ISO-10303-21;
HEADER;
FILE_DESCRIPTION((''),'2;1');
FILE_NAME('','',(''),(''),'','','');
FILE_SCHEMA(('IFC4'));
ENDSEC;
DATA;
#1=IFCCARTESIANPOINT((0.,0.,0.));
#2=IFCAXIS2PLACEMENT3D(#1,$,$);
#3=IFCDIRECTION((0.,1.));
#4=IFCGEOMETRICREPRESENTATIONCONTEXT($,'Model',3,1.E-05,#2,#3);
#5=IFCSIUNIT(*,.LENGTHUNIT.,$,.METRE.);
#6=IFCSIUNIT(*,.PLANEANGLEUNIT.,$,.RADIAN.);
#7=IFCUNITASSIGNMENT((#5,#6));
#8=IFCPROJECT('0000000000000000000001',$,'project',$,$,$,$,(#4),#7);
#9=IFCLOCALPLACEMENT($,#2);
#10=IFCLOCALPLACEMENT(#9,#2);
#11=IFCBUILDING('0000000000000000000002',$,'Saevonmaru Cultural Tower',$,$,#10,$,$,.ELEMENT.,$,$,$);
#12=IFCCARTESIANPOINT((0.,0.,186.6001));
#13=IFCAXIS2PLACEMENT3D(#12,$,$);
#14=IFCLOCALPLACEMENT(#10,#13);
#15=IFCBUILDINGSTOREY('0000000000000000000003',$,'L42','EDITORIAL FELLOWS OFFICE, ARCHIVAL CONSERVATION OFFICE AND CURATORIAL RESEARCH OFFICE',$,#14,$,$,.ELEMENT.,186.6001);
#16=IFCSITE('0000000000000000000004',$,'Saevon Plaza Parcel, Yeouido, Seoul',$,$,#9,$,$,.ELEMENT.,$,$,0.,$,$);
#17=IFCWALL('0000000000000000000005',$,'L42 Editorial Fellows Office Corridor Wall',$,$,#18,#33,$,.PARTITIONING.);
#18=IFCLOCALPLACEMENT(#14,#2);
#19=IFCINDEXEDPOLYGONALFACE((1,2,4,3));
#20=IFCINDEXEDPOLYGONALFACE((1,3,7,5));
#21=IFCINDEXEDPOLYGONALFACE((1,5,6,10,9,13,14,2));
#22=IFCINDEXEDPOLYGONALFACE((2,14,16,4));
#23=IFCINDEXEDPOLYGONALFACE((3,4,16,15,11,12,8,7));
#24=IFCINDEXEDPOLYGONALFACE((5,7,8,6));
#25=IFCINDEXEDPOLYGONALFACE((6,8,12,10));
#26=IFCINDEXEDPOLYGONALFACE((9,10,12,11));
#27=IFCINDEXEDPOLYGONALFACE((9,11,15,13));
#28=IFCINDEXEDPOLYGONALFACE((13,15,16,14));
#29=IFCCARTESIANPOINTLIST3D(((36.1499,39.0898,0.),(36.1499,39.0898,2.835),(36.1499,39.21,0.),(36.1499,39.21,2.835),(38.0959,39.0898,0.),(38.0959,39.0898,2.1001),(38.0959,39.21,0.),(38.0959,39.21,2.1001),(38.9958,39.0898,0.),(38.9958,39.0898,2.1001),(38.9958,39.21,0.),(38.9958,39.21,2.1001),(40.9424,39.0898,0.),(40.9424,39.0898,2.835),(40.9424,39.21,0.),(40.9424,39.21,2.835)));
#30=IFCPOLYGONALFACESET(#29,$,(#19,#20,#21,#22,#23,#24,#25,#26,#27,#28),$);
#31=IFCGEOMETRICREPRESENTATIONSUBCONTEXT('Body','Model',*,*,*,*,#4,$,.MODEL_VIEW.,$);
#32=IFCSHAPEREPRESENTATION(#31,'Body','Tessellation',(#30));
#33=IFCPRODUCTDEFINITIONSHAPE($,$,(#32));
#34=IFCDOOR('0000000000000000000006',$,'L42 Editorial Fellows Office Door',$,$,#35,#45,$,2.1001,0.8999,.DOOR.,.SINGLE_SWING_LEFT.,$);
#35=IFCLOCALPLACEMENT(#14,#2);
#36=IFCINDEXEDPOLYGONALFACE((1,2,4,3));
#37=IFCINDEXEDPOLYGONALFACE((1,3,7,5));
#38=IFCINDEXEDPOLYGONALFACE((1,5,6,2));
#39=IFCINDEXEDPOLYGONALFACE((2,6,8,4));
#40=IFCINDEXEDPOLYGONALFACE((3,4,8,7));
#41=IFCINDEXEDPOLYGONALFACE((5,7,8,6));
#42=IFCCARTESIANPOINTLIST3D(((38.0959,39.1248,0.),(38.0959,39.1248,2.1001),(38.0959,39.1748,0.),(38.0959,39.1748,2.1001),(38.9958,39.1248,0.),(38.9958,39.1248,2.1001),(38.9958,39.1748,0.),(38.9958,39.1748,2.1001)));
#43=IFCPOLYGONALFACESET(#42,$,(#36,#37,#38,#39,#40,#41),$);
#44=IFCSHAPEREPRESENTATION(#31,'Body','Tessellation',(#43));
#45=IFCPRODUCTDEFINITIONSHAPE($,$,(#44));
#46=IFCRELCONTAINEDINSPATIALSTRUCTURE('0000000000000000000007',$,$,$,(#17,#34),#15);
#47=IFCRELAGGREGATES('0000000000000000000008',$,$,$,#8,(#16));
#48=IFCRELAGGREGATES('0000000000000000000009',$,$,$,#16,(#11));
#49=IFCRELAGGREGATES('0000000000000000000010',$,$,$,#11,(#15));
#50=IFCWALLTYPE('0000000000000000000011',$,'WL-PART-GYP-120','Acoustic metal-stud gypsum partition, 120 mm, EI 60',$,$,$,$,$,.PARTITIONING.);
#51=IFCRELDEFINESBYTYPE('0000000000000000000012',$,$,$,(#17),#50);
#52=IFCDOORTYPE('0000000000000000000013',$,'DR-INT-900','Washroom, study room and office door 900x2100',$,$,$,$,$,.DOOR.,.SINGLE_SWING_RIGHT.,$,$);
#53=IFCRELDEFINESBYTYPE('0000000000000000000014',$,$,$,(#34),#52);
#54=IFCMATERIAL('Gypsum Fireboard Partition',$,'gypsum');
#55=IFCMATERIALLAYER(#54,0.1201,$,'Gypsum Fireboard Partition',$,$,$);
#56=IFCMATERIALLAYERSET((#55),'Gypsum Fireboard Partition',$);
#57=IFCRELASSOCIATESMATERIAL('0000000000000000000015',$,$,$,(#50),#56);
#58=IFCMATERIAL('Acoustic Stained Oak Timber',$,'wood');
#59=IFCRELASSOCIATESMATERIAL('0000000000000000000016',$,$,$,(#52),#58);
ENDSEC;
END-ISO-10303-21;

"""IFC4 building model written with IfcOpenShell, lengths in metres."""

from ifc_helpers import new_model, si_unit, direction, frame, frame_2d, origin, place, context, subcontext, project, spatial, rectangle, extrude, material, layer, layer_set, type_object, element, fill, save


model = new_model("IFC4")

# Units and contexts
model_context = context("Model", 3, precision=1e-05, world=origin(), true_north=direction((0.0, 1.0)))
body_context = subcontext(model_context, "Body", "Model", "MODEL_VIEW")
ifc_project = project(units=[si_unit("LENGTHUNIT", "METRE"), si_unit("PLANEANGLEUNIT", "RADIAN")], contexts=[model_context])

# Site, building, storey
site_placement = place(None, origin())
site = spatial("IfcSite", under=ifc_project, at=site_placement, Name="Saevon Plaza Parcel, Yeouido, Seoul", CompositionType="ELEMENT", RefElevation=0.0)
building_placement = place(site_placement, origin())
building = spatial("IfcBuilding", under=site, at=building_placement, Name="Saevonmaru Cultural Tower", CompositionType="ELEMENT")
storey_placement = place(building_placement, frame((0.0, 0.0, 186.6001)))
storey = spatial("IfcBuildingStorey", under=building, at=storey_placement, Name="L42", Description="EDITORIAL FELLOWS OFFICE, ARCHIVAL CONSERVATION OFFICE AND CURATORIAL RESEARCH OFFICE", CompositionType="ELEMENT", Elevation=186.6001)

# Shared definitions
ifc_material_1 = material(Name="Gypsum Fireboard Partition", Category="gypsum")
ifc_layer_1 = layer(ifc_material_1, 0.1201, Name="Gypsum Fireboard Partition")
ifc_layer_set_1 = layer_set([ifc_layer_1], Name="Gypsum Fireboard Partition")
wall_type_1 = type_object("IfcWallType", Name="WL-PART-GYP-120", Description="Acoustic metal-stud gypsum partition, 120 mm, EI 60", PredefinedType="PARTITIONING", material=ifc_layer_set_1)

# Wall, opening, door
ifc_material_2 = material(Name="Acoustic Stained Oak Timber", Category="wood")
door_type = type_object("IfcDoorType", Name="DR-INT-900", Description="Washroom, study room and office door 900x2100", OperationType="SINGLE_SWING_RIGHT", PredefinedType="DOOR", material=ifc_material_2)
wall_1_placement = place(storey_placement, frame((36.1499, 39.1499, 0.0), z_axis=(0.0, 0.0, 1.0), x_axis=(1.0, 0.0, 0.0)))
wall_1 = element("IfcWall", 1, at=wall_1_placement, inside=storey, type_object=wall_type_1, Name="L42 Editorial Fellows Office Corridor Wall", PredefinedType="PARTITIONING", context=body_context, shape_type="SweptSolid", body=[
    extrude(rectangle(XDim=4.7925, YDim=0.1201, at=frame_2d((2.3962, 0.0))), origin(), (0.0, 0.0, 1.0), 2.835),
])
opening_1_placement = place(wall_1_placement, frame((1.946, 0.0, 0.0)))
opening_1 = element("IfcOpeningElement", 2, at=opening_1_placement, cuts=wall_1, PredefinedType="OPENING", context=body_context, shape_type="SweptSolid", body=[
    extrude(rectangle(XDim=0.8999, YDim=2.1001, at=frame_2d((0.45, 1.05))), frame((0.0, 0.0701, 0.0), z_axis=(0.0, -1.0, 0.0), x_axis=(1.0, 0.0, 0.0)), (0.0, 0.0, 1.0), 0.1401),
])
door_1_placement = place(opening_1_placement, origin())
door_1 = element("IfcDoor", 3, at=door_1_placement, inside=storey, type_object=door_type, Name="L42 Editorial Fellows Office Door", OperationType="SINGLE_SWING_LEFT", OverallHeight=2.1001, OverallWidth=0.8999, PredefinedType="DOOR", context=body_context, shape_type="SweptSolid", body=[
    extrude(rectangle(XDim=0.8999, YDim=2.1001, at=frame_2d((0.45, 1.05))), frame((0.0, 0.0249, 0.0), z_axis=(0.0, -1.0, 0.0), x_axis=(1.0, 0.0, 0.0)), (0.0, 0.0, 1.0), 0.05),
])
fill(opening_1, door_1)

save(model, "model.ifc")
